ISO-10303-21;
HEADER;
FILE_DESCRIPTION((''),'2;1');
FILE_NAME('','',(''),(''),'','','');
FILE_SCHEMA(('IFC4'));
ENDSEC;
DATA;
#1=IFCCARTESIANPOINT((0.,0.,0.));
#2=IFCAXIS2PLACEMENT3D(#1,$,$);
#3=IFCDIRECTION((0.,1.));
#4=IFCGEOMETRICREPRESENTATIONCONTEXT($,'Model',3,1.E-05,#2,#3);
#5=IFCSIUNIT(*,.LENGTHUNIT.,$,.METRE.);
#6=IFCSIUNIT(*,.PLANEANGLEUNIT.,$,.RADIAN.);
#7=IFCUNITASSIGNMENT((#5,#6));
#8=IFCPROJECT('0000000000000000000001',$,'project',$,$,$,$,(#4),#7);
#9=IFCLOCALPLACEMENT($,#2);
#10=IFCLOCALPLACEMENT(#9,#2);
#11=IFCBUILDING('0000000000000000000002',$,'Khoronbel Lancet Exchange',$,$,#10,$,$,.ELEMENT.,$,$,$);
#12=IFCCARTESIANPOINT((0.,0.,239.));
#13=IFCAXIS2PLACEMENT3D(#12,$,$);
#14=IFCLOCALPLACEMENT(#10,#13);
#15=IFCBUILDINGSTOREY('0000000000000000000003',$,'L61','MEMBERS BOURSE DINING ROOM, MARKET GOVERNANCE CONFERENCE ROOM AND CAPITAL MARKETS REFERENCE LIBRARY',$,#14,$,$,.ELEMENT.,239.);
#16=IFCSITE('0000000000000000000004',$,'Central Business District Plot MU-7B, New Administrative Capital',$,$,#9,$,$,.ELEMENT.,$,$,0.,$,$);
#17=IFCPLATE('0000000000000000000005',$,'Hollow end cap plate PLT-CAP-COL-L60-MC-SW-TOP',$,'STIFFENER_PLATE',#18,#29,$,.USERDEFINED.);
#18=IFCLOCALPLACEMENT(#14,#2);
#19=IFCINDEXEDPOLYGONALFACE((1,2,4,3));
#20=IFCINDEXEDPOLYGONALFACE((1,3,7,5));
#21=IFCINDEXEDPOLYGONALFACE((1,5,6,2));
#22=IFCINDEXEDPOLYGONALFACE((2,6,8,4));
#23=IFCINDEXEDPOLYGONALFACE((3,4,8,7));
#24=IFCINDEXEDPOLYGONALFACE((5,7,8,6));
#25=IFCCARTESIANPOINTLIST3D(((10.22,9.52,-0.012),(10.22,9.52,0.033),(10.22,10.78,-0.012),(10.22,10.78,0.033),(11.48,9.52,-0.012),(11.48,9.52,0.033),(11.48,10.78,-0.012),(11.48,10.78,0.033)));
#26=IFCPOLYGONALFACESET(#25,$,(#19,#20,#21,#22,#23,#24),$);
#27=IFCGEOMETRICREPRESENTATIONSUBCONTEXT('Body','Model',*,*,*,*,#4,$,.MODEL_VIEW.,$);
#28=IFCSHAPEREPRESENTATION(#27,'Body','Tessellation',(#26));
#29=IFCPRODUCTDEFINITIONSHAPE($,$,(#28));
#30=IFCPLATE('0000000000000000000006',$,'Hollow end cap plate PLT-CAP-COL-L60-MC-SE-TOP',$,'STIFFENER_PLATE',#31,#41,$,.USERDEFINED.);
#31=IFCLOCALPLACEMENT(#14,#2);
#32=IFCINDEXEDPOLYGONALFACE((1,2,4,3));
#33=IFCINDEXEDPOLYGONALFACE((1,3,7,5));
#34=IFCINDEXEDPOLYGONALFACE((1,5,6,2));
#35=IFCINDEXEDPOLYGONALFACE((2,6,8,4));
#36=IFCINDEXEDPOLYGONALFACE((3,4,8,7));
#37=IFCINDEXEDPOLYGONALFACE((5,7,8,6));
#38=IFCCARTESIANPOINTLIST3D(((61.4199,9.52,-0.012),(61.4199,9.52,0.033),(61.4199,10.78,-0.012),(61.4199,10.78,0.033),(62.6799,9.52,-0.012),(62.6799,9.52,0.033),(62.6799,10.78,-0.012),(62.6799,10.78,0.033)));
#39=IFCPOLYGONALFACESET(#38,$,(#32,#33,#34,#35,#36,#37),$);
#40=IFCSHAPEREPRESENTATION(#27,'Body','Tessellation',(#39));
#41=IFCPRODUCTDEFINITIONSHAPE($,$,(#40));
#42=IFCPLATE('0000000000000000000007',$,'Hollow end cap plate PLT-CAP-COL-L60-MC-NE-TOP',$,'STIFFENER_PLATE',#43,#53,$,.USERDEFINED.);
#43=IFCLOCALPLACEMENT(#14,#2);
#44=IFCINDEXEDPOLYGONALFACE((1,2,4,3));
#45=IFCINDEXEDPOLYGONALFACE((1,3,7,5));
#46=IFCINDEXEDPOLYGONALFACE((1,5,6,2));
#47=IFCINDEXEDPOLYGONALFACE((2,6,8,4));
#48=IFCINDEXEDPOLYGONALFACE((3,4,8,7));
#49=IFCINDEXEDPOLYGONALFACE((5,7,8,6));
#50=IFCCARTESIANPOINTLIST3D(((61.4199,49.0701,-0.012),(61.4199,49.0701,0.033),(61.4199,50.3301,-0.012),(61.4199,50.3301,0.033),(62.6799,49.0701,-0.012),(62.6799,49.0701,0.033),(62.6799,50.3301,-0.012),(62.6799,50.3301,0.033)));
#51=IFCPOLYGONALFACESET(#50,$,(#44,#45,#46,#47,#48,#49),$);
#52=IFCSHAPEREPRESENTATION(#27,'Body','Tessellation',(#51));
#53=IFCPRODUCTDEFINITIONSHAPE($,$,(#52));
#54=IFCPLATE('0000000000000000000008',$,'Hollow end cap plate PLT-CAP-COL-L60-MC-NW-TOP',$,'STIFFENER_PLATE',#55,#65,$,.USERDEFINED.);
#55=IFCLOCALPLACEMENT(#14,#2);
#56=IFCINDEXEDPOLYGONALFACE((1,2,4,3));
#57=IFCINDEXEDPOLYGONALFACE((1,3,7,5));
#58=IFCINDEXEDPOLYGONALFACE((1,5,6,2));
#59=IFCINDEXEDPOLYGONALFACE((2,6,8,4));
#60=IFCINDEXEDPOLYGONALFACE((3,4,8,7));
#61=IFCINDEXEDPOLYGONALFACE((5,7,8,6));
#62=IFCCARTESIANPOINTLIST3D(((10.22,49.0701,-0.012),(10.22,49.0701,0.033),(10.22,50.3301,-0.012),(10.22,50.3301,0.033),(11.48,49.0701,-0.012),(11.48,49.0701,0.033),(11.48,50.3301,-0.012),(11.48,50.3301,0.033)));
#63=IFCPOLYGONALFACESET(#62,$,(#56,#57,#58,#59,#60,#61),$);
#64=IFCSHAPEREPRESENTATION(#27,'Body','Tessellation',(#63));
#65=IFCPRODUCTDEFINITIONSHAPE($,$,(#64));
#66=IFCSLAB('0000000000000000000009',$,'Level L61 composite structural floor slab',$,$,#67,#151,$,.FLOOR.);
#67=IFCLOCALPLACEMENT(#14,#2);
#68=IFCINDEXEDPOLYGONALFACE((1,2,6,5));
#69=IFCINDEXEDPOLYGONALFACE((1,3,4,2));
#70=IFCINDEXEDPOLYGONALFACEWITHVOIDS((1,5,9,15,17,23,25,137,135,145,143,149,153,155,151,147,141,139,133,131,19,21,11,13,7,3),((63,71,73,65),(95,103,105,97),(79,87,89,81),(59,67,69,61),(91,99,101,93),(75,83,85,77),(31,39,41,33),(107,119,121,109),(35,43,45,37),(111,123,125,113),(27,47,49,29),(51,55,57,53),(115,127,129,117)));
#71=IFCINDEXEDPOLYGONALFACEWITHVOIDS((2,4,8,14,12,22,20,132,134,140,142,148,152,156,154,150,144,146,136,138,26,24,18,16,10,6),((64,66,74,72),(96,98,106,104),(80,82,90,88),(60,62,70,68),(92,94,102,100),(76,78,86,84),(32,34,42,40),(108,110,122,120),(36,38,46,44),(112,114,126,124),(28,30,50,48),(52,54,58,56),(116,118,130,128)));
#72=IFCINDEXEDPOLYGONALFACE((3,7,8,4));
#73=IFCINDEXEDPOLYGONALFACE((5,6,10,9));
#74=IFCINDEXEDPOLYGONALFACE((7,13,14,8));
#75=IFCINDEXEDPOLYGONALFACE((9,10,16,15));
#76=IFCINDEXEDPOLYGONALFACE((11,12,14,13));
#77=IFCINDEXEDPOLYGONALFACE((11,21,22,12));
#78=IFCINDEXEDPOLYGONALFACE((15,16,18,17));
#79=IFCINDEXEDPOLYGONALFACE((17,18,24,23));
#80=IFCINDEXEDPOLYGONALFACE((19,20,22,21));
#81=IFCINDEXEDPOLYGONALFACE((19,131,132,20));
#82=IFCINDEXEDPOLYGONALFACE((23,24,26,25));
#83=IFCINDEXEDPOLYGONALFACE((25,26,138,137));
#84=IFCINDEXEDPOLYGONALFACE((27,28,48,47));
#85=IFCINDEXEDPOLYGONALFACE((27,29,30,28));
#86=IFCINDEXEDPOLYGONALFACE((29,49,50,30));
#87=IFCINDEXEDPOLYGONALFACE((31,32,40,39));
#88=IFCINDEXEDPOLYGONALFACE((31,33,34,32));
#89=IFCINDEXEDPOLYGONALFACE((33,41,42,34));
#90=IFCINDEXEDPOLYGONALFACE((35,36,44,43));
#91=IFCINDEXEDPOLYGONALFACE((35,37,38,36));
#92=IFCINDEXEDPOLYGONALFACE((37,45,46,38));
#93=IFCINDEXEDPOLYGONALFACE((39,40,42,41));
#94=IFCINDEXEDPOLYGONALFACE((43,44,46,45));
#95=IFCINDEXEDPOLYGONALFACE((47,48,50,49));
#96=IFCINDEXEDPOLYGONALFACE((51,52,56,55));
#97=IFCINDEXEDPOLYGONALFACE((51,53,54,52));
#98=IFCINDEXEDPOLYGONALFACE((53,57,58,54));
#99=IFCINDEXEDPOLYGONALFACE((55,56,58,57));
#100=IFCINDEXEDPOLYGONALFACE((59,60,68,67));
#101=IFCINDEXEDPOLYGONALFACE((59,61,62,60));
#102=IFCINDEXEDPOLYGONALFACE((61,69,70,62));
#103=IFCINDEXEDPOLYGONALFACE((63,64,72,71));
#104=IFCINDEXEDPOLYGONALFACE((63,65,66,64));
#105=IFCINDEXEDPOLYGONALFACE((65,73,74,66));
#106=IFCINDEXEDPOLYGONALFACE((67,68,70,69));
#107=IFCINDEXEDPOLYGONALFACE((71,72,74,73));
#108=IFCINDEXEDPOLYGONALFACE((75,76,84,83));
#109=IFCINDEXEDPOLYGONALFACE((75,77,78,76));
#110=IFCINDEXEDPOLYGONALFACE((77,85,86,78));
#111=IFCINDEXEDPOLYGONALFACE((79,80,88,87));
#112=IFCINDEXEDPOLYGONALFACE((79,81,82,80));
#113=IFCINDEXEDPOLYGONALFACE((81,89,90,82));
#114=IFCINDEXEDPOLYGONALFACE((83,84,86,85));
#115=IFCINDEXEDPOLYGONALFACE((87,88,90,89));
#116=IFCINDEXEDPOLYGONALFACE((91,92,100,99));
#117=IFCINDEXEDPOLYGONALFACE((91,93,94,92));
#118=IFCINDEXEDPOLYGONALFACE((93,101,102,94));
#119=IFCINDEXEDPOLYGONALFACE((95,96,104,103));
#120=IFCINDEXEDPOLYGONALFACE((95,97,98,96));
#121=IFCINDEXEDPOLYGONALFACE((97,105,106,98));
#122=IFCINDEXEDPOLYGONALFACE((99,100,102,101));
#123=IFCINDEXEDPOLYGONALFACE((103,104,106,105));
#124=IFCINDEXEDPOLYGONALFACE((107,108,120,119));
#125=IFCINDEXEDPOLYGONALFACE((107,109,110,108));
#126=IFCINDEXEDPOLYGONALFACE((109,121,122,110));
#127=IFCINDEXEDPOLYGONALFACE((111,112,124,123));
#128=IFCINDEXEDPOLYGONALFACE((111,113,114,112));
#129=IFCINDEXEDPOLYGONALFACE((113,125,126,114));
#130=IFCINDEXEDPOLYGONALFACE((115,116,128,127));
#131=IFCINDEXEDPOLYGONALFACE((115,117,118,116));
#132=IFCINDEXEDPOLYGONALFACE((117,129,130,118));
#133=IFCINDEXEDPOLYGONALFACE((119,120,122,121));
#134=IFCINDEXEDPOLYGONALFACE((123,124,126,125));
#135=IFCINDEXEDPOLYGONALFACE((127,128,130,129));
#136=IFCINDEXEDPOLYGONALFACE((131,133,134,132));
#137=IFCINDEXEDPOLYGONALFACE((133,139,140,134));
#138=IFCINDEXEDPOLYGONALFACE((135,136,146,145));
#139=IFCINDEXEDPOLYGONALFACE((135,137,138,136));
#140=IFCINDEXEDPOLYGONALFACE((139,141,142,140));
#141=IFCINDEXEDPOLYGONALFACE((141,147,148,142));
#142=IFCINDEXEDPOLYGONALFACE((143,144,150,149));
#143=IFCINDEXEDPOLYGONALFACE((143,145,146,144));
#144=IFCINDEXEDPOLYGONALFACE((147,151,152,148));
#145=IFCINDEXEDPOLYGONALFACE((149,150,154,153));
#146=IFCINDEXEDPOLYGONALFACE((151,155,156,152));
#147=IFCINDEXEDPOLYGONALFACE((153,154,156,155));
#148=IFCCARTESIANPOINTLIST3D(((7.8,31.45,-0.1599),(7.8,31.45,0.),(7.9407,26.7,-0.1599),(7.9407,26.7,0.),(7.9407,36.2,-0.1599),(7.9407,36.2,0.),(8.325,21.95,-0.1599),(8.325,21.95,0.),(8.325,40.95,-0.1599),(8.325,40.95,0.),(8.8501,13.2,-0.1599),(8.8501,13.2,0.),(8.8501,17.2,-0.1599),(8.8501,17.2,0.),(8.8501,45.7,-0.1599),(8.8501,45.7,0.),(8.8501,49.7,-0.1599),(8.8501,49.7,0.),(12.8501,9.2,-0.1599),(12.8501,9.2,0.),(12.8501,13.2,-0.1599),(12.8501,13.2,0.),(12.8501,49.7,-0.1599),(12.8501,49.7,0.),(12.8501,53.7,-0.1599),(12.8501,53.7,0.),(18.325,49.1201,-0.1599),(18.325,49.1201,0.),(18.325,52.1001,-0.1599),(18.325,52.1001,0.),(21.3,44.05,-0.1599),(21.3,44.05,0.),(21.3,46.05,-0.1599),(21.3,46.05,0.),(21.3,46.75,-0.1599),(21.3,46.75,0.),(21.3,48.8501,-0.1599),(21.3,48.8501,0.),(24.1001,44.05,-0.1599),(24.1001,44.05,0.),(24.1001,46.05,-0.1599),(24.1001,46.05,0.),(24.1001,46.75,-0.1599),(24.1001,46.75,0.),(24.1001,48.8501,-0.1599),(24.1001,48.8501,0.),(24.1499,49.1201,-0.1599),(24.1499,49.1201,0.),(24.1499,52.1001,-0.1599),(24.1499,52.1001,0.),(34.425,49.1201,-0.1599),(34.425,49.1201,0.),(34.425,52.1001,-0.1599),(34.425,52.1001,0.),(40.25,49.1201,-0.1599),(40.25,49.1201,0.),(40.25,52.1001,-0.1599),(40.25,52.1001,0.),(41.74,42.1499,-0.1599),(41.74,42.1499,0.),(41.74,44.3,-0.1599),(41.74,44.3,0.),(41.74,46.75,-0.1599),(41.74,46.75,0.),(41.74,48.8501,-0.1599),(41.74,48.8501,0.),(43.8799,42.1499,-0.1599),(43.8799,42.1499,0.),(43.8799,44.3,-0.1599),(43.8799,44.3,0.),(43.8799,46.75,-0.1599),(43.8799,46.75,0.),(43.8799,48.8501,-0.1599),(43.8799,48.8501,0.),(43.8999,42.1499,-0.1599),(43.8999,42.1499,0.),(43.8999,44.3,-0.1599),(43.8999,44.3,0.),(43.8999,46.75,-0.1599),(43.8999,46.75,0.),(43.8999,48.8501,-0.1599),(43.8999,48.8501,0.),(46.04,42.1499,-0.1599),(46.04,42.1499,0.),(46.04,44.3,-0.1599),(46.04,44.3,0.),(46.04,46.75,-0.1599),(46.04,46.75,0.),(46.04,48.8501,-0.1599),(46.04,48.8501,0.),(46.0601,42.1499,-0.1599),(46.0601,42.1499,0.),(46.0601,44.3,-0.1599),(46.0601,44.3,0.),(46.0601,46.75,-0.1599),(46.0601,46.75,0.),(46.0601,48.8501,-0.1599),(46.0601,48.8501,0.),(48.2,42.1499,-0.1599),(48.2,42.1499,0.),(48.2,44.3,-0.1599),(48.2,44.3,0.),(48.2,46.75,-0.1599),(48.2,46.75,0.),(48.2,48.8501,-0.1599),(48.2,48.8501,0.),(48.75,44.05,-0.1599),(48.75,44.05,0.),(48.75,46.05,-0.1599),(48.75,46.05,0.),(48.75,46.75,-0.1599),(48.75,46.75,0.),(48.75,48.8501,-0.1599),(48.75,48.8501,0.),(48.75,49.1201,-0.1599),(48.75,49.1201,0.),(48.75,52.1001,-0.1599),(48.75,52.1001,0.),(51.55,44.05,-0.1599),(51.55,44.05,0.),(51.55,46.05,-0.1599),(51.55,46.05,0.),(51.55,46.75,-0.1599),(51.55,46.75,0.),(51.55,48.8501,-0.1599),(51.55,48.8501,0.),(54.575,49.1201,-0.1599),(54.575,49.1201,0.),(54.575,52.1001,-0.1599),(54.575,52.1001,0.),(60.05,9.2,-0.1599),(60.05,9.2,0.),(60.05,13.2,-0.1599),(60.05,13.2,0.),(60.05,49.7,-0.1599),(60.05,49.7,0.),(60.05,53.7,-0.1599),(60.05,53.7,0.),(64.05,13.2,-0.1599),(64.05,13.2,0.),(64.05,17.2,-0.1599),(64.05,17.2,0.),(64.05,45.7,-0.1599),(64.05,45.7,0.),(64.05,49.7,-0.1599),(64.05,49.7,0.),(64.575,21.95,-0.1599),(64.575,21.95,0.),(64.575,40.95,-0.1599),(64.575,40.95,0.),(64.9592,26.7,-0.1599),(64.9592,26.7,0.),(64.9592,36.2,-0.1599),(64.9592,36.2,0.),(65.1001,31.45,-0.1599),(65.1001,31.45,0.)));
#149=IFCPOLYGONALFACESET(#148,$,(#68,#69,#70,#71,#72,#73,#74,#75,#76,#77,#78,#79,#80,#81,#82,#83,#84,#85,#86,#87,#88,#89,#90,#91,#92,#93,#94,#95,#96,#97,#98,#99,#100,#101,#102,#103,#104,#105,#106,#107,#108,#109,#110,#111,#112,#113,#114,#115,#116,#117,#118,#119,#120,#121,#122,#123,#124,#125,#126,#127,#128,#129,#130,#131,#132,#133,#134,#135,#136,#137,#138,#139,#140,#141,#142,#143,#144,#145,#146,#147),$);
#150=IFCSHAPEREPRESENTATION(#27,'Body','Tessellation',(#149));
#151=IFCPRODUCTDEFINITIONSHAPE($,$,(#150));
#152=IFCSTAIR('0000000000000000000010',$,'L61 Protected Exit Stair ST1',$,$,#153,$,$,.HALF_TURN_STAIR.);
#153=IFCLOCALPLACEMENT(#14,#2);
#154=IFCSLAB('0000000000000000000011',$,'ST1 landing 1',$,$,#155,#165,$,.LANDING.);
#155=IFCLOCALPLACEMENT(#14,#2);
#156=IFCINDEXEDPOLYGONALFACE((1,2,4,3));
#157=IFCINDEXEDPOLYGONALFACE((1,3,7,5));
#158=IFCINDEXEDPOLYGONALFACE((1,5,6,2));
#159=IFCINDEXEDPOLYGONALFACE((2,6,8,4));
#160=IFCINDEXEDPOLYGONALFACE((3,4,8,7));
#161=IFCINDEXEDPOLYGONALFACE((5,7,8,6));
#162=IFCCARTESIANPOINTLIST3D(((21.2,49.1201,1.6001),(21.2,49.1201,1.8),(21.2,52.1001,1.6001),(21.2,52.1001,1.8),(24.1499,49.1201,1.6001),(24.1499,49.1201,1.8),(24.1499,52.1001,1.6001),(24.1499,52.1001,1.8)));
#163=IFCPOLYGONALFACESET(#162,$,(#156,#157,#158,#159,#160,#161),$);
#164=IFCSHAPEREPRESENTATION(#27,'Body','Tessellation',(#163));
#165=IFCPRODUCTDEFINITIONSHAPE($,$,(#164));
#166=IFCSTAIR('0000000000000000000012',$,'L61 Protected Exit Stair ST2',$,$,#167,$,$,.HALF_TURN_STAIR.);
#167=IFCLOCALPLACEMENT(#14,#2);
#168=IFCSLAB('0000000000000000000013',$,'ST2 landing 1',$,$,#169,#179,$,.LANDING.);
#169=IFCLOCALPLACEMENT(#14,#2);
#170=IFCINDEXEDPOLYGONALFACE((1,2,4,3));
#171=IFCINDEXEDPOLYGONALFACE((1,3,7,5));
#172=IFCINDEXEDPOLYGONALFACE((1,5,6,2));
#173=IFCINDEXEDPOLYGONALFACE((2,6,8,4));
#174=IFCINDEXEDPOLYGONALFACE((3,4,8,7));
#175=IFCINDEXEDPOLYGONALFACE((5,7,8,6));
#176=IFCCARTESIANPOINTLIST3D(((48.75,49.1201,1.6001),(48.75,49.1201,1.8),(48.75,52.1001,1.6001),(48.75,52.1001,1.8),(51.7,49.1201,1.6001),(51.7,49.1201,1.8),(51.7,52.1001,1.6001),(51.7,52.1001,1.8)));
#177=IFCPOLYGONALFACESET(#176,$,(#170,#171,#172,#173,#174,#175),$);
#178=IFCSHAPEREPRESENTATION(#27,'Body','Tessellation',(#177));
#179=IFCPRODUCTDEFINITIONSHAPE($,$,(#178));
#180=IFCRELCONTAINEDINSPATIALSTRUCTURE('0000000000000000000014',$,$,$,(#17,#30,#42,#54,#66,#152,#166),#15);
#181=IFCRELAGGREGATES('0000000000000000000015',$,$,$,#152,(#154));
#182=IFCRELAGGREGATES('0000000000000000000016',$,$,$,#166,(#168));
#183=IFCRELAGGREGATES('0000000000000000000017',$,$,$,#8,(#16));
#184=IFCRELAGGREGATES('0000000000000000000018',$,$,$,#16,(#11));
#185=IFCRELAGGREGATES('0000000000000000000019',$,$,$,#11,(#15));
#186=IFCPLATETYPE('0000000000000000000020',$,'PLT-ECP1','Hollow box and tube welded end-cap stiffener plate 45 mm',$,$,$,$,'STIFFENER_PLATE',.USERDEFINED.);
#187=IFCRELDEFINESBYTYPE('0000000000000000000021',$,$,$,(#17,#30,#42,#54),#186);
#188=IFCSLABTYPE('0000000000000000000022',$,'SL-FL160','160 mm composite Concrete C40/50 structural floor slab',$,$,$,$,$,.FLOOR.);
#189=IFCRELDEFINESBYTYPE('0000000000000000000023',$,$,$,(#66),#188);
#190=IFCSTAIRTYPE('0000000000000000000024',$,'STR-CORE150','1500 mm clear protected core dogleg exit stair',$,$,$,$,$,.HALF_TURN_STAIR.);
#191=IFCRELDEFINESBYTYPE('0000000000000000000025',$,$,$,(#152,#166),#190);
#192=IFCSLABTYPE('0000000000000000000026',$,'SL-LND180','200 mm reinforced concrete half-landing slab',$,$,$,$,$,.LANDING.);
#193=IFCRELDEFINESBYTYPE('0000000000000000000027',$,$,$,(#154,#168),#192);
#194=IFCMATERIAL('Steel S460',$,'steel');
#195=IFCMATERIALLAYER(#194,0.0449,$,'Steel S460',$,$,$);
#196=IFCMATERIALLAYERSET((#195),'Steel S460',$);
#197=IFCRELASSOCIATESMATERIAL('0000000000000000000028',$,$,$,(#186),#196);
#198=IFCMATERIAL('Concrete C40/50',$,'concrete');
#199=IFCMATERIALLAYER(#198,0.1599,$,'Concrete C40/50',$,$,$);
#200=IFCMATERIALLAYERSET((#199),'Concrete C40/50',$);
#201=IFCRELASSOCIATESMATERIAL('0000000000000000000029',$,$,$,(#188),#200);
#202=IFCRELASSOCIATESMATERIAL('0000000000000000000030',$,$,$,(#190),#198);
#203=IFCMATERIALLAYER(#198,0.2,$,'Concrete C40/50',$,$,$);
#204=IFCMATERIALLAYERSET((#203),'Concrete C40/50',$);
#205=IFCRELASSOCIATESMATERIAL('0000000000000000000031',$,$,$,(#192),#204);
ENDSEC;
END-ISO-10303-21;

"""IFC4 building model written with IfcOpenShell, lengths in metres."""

from ifc_helpers import new_model, si_unit, direction, frame, origin, place, context, subcontext, project, spatial, polyline, outline, extrude, material, layer, layer_set, type_object, element, aggregate, save


model = new_model("IFC4")

# Units and contexts
model_context = context("Model", 3, precision=1e-05, world=origin(), true_north=direction((0.0, 1.0)))
body_context = subcontext(model_context, "Body", "Model", "MODEL_VIEW")
ifc_project = project(units=[si_unit("LENGTHUNIT", "METRE"), si_unit("PLANEANGLEUNIT", "RADIAN")], contexts=[model_context])

# Site, building, storey
site_placement = place(None, origin())
site = spatial("IfcSite", under=ifc_project, at=site_placement, Name="Central Business District Plot MU-7B, New Administrative Capital", CompositionType="ELEMENT", RefElevation=0.0)
building_placement = place(site_placement, origin())
building = spatial("IfcBuilding", under=site, at=building_placement, Name="Khoronbel Lancet Exchange", CompositionType="ELEMENT")
storey_placement = place(building_placement, frame((0.0, 0.0, 239.0)))
storey = spatial("IfcBuildingStorey", under=building, at=storey_placement, Name="L61", Description="MEMBERS BOURSE DINING ROOM, MARKET GOVERNANCE CONFERENCE ROOM AND CAPITAL MARKETS REFERENCE LIBRARY", CompositionType="ELEMENT", Elevation=239.0)

# Shared definitions
ifc_material_1 = material(Name="Steel S460", Category="steel")

# Plates
ifc_layer_1 = layer(ifc_material_1, 0.0449, Name="Steel S460")
ifc_layer_set_1 = layer_set([ifc_layer_1], Name="Steel S460")
plate_type_1 = type_object("IfcPlateType", Name="PLT-ECP1", Description="Hollow box and tube welded end-cap stiffener plate 45 mm", ElementType="STIFFENER_PLATE", PredefinedType="USERDEFINED", material=ifc_layer_set_1)
plate_1_placement = place(storey_placement, frame((0.0, 0.0, -0.012)))
element("IfcPlate", 1, at=plate_1_placement, inside=storey, type_object=plate_type_1, Name="Hollow end cap plate PLT-CAP-COL-L60-MC-SW-TOP", ObjectType="STIFFENER_PLATE", PredefinedType="USERDEFINED", context=body_context, shape_type="SweptSolid", body=[
    extrude(outline(polyline([(10.22, 9.52), (11.48, 9.52), (11.48, 10.78), (10.22, 10.78), (10.22, 9.52)])), origin(), (0.0, 0.0, 1.0), 0.0449),
])
plate_2_placement = place(storey_placement, frame((0.0, 0.0, -0.012)))
element("IfcPlate", 2, at=plate_2_placement, inside=storey, type_object=plate_type_1, Name="Hollow end cap plate PLT-CAP-COL-L60-MC-SE-TOP", ObjectType="STIFFENER_PLATE", PredefinedType="USERDEFINED", context=body_context, shape_type="SweptSolid", body=[
    extrude(outline(polyline([(61.4199, 9.52), (62.6799, 9.52), (62.6799, 10.78), (61.4199, 10.78), (61.4199, 9.52)])), origin(), (0.0, 0.0, 1.0), 0.0449),
])
plate_3_placement = place(storey_placement, frame((0.0, 0.0, -0.012)))
element("IfcPlate", 3, at=plate_3_placement, inside=storey, type_object=plate_type_1, Name="Hollow end cap plate PLT-CAP-COL-L60-MC-NE-TOP", ObjectType="STIFFENER_PLATE", PredefinedType="USERDEFINED", context=body_context, shape_type="SweptSolid", body=[
    extrude(outline(polyline([(61.4199, 49.0701), (62.6799, 49.0701), (62.6799, 50.3301), (61.4199, 50.3301), (61.4199, 49.0701)])), origin(), (0.0, 0.0, 1.0), 0.0449),
])
plate_4_placement = place(storey_placement, frame((0.0, 0.0, -0.012)))
element("IfcPlate", 4, at=plate_4_placement, inside=storey, type_object=plate_type_1, Name="Hollow end cap plate PLT-CAP-COL-L60-MC-NW-TOP", ObjectType="STIFFENER_PLATE", PredefinedType="USERDEFINED", context=body_context, shape_type="SweptSolid", body=[
    extrude(outline(polyline([(10.22, 49.0701), (11.48, 49.0701), (11.48, 50.3301), (10.22, 50.3301), (10.22, 49.0701)])), origin(), (0.0, 0.0, 1.0), 0.0449),
])

# Slab
ifc_material_2 = material(Name="Concrete C40/50", Category="concrete")
ifc_layer_2 = layer(ifc_material_2, 0.1599, Name="Concrete C40/50")
ifc_layer_set_2 = layer_set([ifc_layer_2], Name="Concrete C40/50")
slab_type_1 = type_object("IfcSlabType", Name="SL-FL160", Description="160 mm composite Concrete C40/50 structural floor slab", PredefinedType="FLOOR", material=ifc_layer_set_2)
slab_1_placement = place(storey_placement, frame((0.0, 0.0, -0.1599)))
element("IfcSlab", 5, at=slab_1_placement, inside=storey, type_object=slab_type_1, Name="Level L61 composite structural floor slab", PredefinedType="FLOOR", context=body_context, shape_type="SweptSolid", body=[
    extrude(outline(polyline([(12.8501, 9.2), (60.05, 9.2), (60.05, 13.2), (64.05, 13.2), (64.05, 17.2), (64.575, 21.95), (64.9592, 26.7), (65.1001, 31.45), (64.9592, 36.2), (64.575, 40.95), (64.05, 45.7), (64.05, 49.7), (60.05, 49.7), (60.05, 53.7), (12.8501, 53.7), (12.8501, 49.7), (8.8501, 49.7), (8.8501, 45.7), (8.325, 40.95), (7.9407, 36.2), (7.8, 31.45), (7.9407, 26.7), (8.325, 21.95), (8.8501, 17.2), (8.8501, 13.2), (12.8501, 13.2), (12.8501, 9.2)]), holes=[polyline([(18.325, 49.1201), (24.1499, 49.1201), (24.1499, 52.1001), (18.325, 52.1001), (18.325, 49.1201)]), polyline([(48.75, 49.1201), (54.575, 49.1201), (54.575, 52.1001), (48.75, 52.1001), (48.75, 49.1201)]), polyline([(34.425, 49.1201), (40.25, 49.1201), (40.25, 52.1001), (34.425, 52.1001), (34.425, 49.1201)]), polyline([(41.74, 46.75), (43.8799, 46.75), (43.8799, 48.8501), (41.74, 48.8501), (41.74, 46.75)]), polyline([(43.8999, 46.75), (46.04, 46.75), (46.04, 48.8501), (43.8999, 48.8501), (43.8999, 46.75)]), polyline([(46.0601, 46.75), (48.2, 46.75), (48.2, 48.8501), (46.0601, 48.8501), (46.0601, 46.75)]), polyline([(41.74, 42.1499), (43.8799, 42.1499), (43.8799, 44.3), (41.74, 44.3), (41.74, 42.1499)]), polyline([(43.8999, 42.1499), (46.04, 42.1499), (46.04, 44.3), (43.8999, 44.3), (43.8999, 42.1499)]), polyline([(46.0601, 42.1499), (48.2, 42.1499), (48.2, 44.3), (46.0601, 44.3), (46.0601, 42.1499)]), polyline([(21.3, 46.75), (24.1001, 46.75), (24.1001, 48.8501), (21.3, 48.8501), (21.3, 46.75)]), polyline([(48.75, 46.75), (51.55, 46.75), (51.55, 48.8501), (48.75, 48.8501), (48.75, 46.75)]), polyline([(21.3, 44.05), (24.1001, 44.05), (24.1001, 46.05), (21.3, 46.05), (21.3, 44.05)]), polyline([(48.75, 44.05), (51.55, 44.05), (51.55, 46.05), (48.75, 46.05), (48.75, 44.05)])]), origin(), (0.0, 0.0, 1.0), 0.1599),
])

# Stairs, slabs
stair_type = type_object("IfcStairType", Name="STR-CORE150", Description="1500 mm clear protected core dogleg exit stair", PredefinedType="HALF_TURN_STAIR", material=ifc_material_2)
stair_1_placement = place(storey_placement, origin())
stair_1 = element("IfcStair", 6, at=stair_1_placement, inside=storey, type_object=stair_type, Name="L61 Protected Exit Stair ST1", PredefinedType="HALF_TURN_STAIR")
ifc_layer_3 = layer(ifc_material_2, 0.2, Name="Concrete C40/50")
ifc_layer_set_3 = layer_set([ifc_layer_3], Name="Concrete C40/50")
slab_type_2 = type_object("IfcSlabType", Name="SL-LND180", Description="200 mm reinforced concrete half-landing slab", PredefinedType="LANDING", material=ifc_layer_set_3)
slab_2_placement = place(storey_placement, frame((0.0, 0.0, 1.6001)))
slab_2 = element("IfcSlab", 7, at=slab_2_placement, type_object=slab_type_2, Name="ST1 landing 1", PredefinedType="LANDING", context=body_context, shape_type="SweptSolid", body=[
    extrude(outline(polyline([(21.2, 49.1201), (24.1499, 49.1201), (24.1499, 52.1001), (21.2, 52.1001), (21.2, 49.1201)])), origin(), (0.0, 0.0, 1.0), 0.2),
])
aggregate(stair_1, [slab_2])
stair_2_placement = place(storey_placement, origin())
stair_2 = element("IfcStair", 8, at=stair_2_placement, inside=storey, type_object=stair_type, Name="L61 Protected Exit Stair ST2", PredefinedType="HALF_TURN_STAIR")
slab_3_placement = place(storey_placement, frame((0.0, 0.0, 1.6001)))
slab_3 = element("IfcSlab", 9, at=slab_3_placement, type_object=slab_type_2, Name="ST2 landing 1", PredefinedType="LANDING", context=body_context, shape_type="SweptSolid", body=[
    extrude(outline(polyline([(51.7, 52.1001), (48.75, 52.1001), (48.75, 49.1201), (51.7, 49.1201), (51.7, 52.1001)])), origin(), (0.0, 0.0, 1.0), 0.2),
])
aggregate(stair_2, [slab_3])

save(model, "model.ifc")
